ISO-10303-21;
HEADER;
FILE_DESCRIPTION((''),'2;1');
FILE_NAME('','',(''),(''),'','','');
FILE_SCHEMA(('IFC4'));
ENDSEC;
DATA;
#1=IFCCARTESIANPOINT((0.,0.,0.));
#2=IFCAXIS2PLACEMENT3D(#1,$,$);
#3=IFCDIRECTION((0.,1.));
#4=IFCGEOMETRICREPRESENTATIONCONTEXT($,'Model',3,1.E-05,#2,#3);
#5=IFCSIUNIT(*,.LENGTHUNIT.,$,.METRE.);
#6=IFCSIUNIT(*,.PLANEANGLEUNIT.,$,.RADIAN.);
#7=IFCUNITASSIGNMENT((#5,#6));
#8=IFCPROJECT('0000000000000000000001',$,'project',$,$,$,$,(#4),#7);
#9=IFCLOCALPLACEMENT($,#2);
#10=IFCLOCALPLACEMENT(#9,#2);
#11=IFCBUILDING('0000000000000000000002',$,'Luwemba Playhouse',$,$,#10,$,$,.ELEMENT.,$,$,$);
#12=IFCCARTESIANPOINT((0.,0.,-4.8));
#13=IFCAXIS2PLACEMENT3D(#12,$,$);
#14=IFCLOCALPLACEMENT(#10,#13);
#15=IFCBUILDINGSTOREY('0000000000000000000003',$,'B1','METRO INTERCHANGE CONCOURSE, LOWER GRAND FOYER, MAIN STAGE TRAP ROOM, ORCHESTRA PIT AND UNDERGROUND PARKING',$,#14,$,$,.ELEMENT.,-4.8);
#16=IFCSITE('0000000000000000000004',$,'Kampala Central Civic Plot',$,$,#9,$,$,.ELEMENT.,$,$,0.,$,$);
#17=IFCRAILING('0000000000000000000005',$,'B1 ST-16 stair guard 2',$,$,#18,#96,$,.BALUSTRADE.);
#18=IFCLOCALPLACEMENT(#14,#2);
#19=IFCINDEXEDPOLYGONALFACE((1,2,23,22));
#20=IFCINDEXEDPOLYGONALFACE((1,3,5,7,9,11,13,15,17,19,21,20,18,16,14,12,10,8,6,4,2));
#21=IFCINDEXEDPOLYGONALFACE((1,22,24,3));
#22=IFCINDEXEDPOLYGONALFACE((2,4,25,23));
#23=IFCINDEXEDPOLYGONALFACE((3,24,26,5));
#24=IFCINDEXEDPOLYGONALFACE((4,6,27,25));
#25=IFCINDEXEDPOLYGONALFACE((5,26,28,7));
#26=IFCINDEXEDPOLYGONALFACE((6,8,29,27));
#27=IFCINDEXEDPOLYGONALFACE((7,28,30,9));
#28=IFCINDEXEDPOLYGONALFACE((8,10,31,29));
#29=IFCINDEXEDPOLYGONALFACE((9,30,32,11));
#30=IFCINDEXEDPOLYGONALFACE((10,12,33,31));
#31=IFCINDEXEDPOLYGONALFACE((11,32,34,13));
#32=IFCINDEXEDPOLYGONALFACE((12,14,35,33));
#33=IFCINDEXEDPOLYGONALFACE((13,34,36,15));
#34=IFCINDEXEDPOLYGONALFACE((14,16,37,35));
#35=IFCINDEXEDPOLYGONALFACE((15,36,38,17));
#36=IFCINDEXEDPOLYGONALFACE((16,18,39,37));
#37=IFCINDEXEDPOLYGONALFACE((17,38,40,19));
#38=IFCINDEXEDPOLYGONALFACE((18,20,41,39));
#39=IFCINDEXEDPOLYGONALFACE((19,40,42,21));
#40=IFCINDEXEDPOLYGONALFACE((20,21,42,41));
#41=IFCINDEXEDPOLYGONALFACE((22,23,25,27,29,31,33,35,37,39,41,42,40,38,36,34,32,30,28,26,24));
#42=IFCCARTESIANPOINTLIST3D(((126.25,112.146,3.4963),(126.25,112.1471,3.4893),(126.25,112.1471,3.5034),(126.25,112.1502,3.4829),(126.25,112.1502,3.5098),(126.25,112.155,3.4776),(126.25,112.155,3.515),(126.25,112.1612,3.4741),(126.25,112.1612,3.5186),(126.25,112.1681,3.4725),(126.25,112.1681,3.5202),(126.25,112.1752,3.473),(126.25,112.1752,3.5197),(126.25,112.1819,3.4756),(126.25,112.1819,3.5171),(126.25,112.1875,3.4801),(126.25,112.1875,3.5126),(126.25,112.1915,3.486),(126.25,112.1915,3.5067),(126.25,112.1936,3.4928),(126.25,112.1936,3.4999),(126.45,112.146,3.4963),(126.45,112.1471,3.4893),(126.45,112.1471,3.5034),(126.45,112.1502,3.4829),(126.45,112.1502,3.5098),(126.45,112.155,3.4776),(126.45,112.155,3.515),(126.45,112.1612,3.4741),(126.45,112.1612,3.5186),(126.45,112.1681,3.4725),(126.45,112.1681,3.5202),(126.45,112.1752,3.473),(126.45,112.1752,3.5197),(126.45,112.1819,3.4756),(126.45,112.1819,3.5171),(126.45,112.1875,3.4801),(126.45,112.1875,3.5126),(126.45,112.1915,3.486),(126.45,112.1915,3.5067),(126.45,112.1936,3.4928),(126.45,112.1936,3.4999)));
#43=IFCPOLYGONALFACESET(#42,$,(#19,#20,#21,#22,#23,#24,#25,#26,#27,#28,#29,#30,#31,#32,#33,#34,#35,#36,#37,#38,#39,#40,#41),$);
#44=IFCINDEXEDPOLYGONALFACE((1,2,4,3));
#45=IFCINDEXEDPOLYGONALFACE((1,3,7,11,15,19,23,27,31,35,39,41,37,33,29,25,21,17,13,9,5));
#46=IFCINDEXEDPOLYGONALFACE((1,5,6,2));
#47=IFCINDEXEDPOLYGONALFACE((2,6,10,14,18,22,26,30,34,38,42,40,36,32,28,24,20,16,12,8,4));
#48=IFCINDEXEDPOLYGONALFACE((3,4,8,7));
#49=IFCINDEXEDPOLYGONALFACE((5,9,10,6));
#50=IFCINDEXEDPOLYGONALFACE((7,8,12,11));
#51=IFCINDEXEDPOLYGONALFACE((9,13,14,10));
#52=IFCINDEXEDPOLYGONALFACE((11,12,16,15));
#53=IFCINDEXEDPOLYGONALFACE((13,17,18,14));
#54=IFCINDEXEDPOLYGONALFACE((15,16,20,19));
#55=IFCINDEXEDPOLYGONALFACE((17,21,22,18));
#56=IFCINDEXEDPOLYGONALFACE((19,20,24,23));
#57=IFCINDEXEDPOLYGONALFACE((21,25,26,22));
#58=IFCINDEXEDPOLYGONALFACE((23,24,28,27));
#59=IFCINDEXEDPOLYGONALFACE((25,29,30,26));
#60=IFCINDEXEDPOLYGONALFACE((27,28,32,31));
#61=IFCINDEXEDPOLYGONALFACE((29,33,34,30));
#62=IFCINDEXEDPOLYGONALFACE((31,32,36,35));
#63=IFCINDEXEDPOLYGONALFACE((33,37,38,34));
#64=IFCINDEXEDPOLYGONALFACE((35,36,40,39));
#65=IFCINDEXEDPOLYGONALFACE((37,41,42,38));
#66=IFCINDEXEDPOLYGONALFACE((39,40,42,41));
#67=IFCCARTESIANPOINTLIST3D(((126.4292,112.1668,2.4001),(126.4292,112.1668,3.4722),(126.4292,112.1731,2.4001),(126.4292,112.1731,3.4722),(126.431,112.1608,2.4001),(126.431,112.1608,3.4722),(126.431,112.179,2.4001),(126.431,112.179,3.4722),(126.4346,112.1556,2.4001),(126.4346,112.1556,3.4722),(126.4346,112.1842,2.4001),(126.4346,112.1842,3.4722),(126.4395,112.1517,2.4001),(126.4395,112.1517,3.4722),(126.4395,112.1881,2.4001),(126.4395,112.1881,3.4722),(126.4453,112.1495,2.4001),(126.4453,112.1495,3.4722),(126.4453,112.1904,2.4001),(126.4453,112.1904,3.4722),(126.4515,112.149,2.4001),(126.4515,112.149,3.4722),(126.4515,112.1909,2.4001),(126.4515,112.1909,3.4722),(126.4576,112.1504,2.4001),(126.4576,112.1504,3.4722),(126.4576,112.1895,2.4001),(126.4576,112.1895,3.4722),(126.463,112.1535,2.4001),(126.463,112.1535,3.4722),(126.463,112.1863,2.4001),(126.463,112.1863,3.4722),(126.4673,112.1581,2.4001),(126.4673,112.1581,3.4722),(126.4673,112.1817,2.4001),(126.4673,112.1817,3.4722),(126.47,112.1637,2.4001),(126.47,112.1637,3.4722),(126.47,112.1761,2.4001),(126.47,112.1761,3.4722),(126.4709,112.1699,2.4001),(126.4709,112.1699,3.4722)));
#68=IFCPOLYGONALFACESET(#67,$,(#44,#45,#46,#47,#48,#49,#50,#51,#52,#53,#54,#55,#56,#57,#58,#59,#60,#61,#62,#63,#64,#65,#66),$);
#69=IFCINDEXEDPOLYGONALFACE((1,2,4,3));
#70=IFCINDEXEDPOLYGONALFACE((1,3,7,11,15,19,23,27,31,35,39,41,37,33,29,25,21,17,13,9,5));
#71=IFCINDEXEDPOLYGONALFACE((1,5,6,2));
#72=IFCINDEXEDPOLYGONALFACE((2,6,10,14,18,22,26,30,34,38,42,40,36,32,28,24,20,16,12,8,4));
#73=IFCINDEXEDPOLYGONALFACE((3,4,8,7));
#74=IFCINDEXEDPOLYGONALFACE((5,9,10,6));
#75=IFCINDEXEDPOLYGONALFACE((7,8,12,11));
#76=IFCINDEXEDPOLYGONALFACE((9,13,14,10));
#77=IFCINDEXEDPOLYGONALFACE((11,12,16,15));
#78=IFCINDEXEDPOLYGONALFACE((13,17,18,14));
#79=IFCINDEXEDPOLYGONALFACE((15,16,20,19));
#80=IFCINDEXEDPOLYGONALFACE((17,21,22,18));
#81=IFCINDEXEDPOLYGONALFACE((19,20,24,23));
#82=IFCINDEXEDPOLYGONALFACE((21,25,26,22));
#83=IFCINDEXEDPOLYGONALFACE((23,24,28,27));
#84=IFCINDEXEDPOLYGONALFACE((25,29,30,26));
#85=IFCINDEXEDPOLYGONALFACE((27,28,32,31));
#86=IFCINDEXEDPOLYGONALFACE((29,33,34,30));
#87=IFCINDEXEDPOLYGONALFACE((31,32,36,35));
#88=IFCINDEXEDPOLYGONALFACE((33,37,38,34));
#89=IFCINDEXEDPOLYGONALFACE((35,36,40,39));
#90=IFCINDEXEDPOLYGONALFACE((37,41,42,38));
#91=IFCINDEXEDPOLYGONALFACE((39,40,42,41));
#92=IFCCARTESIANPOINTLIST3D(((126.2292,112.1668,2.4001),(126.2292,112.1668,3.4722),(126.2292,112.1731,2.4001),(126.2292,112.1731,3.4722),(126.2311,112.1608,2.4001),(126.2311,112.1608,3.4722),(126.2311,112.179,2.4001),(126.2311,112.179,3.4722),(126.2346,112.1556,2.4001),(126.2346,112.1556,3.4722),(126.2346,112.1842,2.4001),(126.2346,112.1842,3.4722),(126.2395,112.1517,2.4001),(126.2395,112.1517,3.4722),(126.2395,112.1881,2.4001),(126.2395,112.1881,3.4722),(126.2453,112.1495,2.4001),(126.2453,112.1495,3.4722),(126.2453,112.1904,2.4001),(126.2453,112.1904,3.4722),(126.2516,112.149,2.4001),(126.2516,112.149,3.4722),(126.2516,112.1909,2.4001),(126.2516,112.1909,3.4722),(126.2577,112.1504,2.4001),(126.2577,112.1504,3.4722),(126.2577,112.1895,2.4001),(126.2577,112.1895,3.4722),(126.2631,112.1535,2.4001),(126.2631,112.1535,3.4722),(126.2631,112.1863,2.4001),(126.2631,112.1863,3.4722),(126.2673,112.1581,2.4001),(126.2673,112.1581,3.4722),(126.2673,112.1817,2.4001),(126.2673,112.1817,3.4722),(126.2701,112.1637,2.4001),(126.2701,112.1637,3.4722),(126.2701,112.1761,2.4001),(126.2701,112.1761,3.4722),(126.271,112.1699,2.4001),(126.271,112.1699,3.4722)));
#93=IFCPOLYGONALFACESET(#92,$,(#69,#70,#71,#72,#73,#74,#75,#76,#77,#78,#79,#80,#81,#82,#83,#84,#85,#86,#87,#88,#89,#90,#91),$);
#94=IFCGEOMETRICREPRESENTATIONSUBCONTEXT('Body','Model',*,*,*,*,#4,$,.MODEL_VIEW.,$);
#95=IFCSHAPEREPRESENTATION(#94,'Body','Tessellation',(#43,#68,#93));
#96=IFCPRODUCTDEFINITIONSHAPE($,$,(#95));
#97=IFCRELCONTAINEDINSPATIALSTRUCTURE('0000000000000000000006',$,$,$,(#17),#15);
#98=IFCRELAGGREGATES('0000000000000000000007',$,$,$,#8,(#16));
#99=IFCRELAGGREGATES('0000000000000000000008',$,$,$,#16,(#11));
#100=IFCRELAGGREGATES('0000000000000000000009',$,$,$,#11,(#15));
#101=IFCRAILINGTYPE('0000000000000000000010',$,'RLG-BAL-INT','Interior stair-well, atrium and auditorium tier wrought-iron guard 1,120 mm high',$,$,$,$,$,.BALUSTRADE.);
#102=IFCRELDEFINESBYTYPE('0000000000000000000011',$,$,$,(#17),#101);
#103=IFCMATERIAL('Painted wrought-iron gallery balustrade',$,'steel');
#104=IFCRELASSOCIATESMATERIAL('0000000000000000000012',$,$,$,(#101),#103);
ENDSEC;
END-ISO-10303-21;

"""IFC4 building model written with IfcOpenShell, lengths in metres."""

from ifc_helpers import new_model, si_unit, direction, frame, origin, origin_2d, place, context, subcontext, project, spatial, circle, extrude, material, type_object, element, save


model = new_model("IFC4")

# Units and contexts
model_context = context("Model", 3, precision=1e-05, world=origin(), true_north=direction((0.0, 1.0)))
body_context = subcontext(model_context, "Body", "Model", "MODEL_VIEW")
ifc_project = project(units=[si_unit("LENGTHUNIT", "METRE"), si_unit("PLANEANGLEUNIT", "RADIAN")], contexts=[model_context])

# Site, building, storey
site_placement = place(None, origin())
site = spatial("IfcSite", under=ifc_project, at=site_placement, Name="Kampala Central Civic Plot", CompositionType="ELEMENT", RefElevation=0.0)
building_placement = place(site_placement, origin())
building = spatial("IfcBuilding", under=site, at=building_placement, Name="Luwemba Playhouse", CompositionType="ELEMENT")
storey_placement = place(building_placement, frame((0.0, 0.0, -4.8)))
storey = spatial("IfcBuildingStorey", under=building, at=storey_placement, Name="B1", Description="METRO INTERCHANGE CONCOURSE, LOWER GRAND FOYER, MAIN STAGE TRAP ROOM, ORCHESTRA PIT AND UNDERGROUND PARKING", CompositionType="ELEMENT", Elevation=-4.8)

# Railing
ifc_material_1 = material(Name="Painted wrought-iron gallery balustrade", Category="steel")
railing_type_1 = type_object("IfcRailingType", Name="RLG-BAL-INT", Description="Interior stair-well, atrium and auditorium tier wrought-iron guard 1,120 mm high", PredefinedType="BALUSTRADE", material=ifc_material_1)
railing_1_placement = place(storey_placement, frame((126.45, 112.1699, 2.4001)))
element("IfcRailing", 1, at=railing_1_placement, inside=storey, type_object=railing_type_1, Name="B1 ST-16 stair guard 2", PredefinedType="BALUSTRADE", context=body_context, shape_type="SweptSolid", body=[
    extrude(circle(Radius=0.0239, at=origin_2d()), frame((0.0, 0.0, 1.0962), z_axis=(-1.0, 0.0, 0.0), x_axis=(0.0, -1.0, 0.0)), (0.0, 0.0, 1.0), 0.2),
    extrude(circle(Radius=0.021, at=origin_2d()), origin(), (0.0, 0.0, 1.0), 1.072),
    extrude(circle(Radius=0.021, at=origin_2d()), frame((-0.2, 0.0, 0.0)), (0.0, 0.0, 1.0), 1.072),
])

save(model, "model.ifc")
